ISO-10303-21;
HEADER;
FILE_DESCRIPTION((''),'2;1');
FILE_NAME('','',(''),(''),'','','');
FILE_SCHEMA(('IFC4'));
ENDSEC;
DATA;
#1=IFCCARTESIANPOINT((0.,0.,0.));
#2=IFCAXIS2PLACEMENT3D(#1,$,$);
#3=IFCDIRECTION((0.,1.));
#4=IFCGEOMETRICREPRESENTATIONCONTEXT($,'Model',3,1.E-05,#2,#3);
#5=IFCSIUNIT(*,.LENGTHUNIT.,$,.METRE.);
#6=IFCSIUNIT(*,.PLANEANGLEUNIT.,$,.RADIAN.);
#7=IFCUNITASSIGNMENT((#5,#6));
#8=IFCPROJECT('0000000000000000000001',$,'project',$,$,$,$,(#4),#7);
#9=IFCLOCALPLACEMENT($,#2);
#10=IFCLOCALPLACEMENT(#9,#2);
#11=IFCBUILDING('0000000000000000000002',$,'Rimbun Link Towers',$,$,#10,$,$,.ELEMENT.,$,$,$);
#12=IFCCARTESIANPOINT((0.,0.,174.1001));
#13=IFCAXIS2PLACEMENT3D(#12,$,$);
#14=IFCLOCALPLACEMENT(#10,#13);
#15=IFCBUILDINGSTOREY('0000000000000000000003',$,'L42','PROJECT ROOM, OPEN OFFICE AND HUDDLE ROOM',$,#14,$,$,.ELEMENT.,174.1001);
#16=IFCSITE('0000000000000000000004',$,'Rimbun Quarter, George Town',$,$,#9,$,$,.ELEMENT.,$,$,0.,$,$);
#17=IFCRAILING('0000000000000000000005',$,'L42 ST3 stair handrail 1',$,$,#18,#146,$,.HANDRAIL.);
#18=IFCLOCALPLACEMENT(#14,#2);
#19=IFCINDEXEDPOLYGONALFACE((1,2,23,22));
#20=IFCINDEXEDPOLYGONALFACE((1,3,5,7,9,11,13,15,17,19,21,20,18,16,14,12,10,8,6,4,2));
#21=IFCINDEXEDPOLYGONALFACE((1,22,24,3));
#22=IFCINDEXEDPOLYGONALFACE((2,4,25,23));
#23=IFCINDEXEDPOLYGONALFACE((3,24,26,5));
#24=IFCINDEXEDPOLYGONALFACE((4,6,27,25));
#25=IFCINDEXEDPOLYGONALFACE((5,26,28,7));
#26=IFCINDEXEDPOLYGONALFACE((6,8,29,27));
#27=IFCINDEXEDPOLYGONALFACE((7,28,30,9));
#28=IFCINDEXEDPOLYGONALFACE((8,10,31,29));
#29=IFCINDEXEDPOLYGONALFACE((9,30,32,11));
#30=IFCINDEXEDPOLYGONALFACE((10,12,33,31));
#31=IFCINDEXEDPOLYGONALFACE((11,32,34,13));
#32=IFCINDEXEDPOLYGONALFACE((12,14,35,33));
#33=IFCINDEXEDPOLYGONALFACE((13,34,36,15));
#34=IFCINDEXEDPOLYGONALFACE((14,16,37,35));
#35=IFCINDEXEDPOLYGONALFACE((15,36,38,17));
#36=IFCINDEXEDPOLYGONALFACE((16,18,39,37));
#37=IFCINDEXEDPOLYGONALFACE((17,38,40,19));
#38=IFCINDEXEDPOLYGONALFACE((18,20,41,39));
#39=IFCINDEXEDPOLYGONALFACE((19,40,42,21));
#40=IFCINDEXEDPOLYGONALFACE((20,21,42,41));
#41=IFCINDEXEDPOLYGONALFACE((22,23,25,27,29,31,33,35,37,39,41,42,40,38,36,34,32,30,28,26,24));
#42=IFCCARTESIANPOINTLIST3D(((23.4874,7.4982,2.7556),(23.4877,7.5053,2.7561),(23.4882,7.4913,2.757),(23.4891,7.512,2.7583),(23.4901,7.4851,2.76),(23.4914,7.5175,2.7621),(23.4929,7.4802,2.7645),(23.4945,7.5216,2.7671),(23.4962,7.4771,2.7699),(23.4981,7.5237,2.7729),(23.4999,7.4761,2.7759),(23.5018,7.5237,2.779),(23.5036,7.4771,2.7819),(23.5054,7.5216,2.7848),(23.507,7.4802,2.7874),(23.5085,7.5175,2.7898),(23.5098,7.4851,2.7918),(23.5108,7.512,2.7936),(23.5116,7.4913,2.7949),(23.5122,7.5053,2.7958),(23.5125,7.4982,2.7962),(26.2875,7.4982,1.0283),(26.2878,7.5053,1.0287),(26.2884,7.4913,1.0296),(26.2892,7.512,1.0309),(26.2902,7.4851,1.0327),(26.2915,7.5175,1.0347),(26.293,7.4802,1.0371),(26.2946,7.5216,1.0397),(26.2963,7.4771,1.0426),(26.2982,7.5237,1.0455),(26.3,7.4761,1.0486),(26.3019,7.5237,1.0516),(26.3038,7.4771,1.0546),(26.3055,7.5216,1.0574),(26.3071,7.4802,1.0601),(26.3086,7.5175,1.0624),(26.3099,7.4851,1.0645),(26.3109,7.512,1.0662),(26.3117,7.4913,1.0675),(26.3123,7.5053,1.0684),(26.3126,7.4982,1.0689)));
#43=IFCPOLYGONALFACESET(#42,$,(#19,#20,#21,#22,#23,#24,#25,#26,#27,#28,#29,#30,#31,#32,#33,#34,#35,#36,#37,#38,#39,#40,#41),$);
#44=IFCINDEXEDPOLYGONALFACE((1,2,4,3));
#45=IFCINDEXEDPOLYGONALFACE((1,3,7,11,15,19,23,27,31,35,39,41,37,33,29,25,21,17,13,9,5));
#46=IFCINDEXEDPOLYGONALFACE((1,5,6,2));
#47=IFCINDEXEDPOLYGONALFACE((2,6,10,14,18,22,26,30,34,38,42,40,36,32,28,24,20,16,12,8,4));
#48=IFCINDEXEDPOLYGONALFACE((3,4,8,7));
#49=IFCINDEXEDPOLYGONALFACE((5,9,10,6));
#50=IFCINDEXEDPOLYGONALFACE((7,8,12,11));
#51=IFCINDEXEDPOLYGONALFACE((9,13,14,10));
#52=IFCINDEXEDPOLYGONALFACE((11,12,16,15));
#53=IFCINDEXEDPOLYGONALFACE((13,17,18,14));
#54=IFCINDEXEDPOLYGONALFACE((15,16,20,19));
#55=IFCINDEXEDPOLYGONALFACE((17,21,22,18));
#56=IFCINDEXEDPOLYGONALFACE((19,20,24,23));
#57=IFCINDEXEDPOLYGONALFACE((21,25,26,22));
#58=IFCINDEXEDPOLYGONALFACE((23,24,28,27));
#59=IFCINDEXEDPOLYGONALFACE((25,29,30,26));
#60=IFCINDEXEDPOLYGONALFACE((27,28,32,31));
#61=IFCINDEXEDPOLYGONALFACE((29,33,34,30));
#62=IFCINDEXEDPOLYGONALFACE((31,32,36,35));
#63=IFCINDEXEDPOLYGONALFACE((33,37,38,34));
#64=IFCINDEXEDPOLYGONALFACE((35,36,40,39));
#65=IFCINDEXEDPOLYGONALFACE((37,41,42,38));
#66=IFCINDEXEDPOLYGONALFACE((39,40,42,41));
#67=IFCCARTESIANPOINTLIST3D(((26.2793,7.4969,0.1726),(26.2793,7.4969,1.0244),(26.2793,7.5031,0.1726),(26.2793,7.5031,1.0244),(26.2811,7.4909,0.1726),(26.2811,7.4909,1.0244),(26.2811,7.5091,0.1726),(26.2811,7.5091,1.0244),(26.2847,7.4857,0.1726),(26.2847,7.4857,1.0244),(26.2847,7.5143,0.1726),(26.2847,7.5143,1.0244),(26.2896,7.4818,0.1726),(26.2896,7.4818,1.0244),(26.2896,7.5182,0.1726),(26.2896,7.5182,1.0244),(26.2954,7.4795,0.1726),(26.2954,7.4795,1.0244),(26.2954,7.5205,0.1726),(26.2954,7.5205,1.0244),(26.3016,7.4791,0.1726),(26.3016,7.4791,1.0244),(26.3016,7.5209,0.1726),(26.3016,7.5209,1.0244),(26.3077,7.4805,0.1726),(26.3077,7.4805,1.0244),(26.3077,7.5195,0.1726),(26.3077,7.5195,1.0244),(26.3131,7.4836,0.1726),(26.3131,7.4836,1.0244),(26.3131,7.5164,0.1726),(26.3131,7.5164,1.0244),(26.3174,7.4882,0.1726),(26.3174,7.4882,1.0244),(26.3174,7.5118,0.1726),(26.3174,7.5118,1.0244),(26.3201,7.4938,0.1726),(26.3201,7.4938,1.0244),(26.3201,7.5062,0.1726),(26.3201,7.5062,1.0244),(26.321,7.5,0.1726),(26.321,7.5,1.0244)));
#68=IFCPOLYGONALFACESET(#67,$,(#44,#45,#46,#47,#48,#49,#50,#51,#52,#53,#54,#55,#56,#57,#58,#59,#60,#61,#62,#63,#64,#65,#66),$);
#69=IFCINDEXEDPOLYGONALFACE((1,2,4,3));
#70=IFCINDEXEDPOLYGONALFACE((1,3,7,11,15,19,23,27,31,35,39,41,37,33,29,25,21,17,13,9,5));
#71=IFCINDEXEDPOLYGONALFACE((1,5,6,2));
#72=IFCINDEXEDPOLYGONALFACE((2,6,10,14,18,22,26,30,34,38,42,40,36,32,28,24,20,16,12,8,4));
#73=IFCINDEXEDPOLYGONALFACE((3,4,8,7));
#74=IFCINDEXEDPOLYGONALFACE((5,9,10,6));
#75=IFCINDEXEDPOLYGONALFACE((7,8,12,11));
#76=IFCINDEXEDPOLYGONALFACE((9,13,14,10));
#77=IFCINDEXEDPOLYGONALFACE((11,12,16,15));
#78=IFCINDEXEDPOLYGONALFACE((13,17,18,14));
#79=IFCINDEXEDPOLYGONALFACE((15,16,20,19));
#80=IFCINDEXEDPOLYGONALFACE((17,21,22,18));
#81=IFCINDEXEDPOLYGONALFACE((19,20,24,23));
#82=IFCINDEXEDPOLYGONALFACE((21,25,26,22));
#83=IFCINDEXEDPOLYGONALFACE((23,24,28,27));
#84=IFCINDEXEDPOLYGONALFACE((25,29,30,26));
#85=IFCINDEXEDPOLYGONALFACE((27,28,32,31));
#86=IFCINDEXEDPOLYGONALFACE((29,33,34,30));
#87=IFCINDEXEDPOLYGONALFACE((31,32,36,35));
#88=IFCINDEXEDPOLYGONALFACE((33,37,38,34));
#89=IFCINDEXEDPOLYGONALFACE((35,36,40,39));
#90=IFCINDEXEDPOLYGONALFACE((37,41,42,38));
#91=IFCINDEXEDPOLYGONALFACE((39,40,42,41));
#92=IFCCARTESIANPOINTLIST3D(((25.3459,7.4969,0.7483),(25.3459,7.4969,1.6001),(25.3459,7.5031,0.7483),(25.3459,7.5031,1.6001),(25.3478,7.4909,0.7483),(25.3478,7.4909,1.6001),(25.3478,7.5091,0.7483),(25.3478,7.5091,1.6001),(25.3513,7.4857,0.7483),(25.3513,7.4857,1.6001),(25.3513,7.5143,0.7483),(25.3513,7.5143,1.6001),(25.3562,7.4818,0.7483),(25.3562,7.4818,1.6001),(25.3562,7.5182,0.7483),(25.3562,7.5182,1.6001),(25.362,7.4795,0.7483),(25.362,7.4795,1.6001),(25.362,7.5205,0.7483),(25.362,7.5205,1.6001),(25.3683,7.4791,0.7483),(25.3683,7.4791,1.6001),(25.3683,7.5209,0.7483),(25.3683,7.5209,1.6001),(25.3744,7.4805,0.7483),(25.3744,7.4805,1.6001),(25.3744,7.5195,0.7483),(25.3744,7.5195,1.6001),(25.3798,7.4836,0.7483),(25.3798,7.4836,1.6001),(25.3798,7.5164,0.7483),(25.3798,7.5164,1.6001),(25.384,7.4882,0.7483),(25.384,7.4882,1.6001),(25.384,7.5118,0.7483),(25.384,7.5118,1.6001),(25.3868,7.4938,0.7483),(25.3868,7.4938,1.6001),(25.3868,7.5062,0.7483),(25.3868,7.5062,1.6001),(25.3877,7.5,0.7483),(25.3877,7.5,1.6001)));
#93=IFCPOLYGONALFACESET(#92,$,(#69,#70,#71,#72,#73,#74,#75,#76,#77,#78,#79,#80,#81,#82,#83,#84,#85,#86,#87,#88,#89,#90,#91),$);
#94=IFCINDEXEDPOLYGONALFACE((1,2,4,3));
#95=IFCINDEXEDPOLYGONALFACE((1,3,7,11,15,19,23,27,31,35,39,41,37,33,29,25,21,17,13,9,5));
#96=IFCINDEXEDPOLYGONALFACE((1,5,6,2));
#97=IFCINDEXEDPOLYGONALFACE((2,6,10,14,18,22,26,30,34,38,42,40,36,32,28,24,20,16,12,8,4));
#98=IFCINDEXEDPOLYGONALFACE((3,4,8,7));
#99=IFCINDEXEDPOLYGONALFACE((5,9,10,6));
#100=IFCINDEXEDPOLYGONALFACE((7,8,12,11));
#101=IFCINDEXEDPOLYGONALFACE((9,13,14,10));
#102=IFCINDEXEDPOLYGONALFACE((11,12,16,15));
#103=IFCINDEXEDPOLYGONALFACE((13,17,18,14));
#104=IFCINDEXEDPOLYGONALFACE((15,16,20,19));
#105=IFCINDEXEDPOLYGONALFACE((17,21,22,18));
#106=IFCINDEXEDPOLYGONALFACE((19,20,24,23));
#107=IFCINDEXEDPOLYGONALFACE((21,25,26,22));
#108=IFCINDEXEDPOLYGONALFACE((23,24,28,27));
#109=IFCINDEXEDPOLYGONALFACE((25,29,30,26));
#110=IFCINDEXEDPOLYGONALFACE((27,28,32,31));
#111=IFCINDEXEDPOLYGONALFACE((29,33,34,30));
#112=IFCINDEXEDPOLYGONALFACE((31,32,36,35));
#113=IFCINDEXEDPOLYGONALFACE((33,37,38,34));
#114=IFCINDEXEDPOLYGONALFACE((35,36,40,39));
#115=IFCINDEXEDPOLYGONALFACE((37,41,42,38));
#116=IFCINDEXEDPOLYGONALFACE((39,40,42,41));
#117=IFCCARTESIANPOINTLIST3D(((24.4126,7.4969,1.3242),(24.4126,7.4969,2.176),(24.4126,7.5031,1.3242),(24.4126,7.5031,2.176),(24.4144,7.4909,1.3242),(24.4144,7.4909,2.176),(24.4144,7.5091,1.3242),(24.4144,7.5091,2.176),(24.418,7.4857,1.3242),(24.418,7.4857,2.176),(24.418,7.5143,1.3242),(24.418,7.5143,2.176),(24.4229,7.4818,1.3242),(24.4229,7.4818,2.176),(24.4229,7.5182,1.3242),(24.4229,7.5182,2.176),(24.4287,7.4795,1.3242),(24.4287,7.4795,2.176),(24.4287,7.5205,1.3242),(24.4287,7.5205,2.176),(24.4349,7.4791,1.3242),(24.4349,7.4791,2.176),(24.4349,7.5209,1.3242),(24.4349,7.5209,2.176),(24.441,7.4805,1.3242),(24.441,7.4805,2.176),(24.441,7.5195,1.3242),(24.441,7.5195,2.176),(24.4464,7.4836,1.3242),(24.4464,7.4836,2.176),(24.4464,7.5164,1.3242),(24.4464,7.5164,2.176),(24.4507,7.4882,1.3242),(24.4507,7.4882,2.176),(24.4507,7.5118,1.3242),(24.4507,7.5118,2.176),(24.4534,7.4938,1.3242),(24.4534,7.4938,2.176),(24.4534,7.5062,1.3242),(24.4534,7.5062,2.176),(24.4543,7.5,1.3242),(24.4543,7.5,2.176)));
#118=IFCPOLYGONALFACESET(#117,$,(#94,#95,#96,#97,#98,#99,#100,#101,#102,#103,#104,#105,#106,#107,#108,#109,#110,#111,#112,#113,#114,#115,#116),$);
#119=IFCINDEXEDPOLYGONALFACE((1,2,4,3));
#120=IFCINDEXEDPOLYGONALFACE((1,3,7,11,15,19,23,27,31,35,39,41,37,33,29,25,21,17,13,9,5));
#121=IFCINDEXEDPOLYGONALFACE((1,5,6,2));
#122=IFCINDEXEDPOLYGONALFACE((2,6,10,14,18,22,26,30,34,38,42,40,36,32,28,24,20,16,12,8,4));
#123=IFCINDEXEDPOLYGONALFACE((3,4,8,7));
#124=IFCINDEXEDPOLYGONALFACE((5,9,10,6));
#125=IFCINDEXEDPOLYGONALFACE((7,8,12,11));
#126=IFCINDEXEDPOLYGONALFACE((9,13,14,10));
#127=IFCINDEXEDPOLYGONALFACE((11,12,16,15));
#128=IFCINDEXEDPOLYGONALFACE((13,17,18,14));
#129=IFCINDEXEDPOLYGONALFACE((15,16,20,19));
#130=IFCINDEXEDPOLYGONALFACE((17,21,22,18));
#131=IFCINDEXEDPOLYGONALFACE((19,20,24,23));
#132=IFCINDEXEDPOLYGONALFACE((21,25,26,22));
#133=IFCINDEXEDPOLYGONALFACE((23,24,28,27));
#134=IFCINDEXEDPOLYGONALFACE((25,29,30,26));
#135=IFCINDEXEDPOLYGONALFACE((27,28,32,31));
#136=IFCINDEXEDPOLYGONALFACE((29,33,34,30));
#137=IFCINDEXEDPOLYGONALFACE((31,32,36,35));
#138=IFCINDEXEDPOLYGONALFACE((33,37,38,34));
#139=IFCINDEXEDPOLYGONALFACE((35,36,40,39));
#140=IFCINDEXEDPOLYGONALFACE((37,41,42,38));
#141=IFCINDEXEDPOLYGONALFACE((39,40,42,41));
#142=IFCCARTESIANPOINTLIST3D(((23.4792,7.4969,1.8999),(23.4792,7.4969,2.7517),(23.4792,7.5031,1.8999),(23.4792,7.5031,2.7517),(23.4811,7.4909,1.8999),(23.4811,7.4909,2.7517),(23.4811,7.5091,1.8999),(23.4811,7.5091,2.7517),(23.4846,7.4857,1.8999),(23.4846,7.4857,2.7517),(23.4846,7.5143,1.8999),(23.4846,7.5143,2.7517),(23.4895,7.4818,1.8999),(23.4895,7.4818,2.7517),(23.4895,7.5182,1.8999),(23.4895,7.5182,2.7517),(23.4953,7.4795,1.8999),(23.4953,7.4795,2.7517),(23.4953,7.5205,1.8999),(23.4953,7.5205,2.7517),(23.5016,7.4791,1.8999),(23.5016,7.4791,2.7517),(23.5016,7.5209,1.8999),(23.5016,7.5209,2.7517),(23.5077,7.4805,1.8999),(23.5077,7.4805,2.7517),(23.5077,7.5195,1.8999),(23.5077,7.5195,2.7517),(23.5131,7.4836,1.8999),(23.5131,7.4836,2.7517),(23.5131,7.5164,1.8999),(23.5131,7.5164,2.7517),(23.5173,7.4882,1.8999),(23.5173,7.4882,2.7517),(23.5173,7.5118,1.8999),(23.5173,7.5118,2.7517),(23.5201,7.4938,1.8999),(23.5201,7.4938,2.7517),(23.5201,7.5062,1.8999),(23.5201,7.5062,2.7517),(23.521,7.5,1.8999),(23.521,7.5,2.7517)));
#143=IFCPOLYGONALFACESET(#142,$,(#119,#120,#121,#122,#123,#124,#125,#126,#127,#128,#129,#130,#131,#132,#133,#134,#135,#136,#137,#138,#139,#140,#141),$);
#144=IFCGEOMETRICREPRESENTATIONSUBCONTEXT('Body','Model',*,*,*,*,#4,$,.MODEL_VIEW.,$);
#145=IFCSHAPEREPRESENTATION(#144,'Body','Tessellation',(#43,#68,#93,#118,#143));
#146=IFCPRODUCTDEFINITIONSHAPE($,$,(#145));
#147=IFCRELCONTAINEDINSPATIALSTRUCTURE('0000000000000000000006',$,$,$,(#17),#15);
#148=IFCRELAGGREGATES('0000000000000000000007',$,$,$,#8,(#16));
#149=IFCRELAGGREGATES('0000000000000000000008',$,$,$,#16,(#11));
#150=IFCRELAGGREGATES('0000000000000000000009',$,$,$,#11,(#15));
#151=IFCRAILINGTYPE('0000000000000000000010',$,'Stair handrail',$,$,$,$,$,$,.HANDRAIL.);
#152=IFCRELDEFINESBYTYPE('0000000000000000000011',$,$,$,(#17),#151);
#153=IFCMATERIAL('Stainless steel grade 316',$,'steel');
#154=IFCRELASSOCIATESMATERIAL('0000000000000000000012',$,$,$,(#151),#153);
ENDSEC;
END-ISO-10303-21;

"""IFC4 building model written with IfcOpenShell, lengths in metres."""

from ifc_helpers import new_model, si_unit, direction, frame, origin, origin_2d, place, context, subcontext, project, spatial, circle, extrude, material, type_object, element, save


model = new_model("IFC4")

# Units and contexts
model_context = context("Model", 3, precision=1e-05, world=origin(), true_north=direction((0.0, 1.0)))
body_context = subcontext(model_context, "Body", "Model", "MODEL_VIEW")
ifc_project = project(units=[si_unit("LENGTHUNIT", "METRE"), si_unit("PLANEANGLEUNIT", "RADIAN")], contexts=[model_context])

# Site, building, storey
site_placement = place(None, origin())
site = spatial("IfcSite", under=ifc_project, at=site_placement, Name="Rimbun Quarter, George Town", CompositionType="ELEMENT", RefElevation=0.0)
building_placement = place(site_placement, origin())
building = spatial("IfcBuilding", under=site, at=building_placement, Name="Rimbun Link Towers", CompositionType="ELEMENT")
storey_placement = place(building_placement, frame((0.0, 0.0, 174.1001)))
storey = spatial("IfcBuildingStorey", under=building, at=storey_placement, Name="L42", Description="PROJECT ROOM, OPEN OFFICE AND HUDDLE ROOM", CompositionType="ELEMENT", Elevation=174.1001)

# Railing
ifc_material_1 = material(Name="Stainless steel grade 316", Category="steel")
railing_type_1 = type_object("IfcRailingType", Name="Stair handrail", PredefinedType="HANDRAIL", material=ifc_material_1)
railing_1_placement = place(storey_placement, frame((26.3, 7.5, 0.1726)))
element("IfcRailing", 1, at=railing_1_placement, inside=storey, type_object=railing_type_1, Name="L42 ST3 stair handrail 1", PredefinedType="HANDRAIL", context=body_context, shape_type="SweptSolid", body=[
    extrude(circle(Radius=0.0239, at=origin_2d()), frame((0.0, 0.0, 0.876), z_axis=(-0.85109, 0.0, 0.52502), x_axis=(0.0, -1.0, 0.0)), (0.0, 0.0, 1.0), 3.29),
    extrude(circle(Radius=0.021, at=origin_2d()), origin(), (0.0, 0.0, 1.0), 0.8518),
    extrude(circle(Radius=0.021, at=origin_2d()), frame((-0.9333, 0.0, 0.5757)), (0.0, 0.0, 1.0), 0.8518),
    extrude(circle(Radius=0.021, at=origin_2d()), frame((-1.8667, 0.0, 1.1516)), (0.0, 0.0, 1.0), 0.8518),
    extrude(circle(Radius=0.021, at=origin_2d()), frame((-2.8, 0.0, 1.7273)), (0.0, 0.0, 1.0), 0.8518),
])

save(model, "model.ifc")
